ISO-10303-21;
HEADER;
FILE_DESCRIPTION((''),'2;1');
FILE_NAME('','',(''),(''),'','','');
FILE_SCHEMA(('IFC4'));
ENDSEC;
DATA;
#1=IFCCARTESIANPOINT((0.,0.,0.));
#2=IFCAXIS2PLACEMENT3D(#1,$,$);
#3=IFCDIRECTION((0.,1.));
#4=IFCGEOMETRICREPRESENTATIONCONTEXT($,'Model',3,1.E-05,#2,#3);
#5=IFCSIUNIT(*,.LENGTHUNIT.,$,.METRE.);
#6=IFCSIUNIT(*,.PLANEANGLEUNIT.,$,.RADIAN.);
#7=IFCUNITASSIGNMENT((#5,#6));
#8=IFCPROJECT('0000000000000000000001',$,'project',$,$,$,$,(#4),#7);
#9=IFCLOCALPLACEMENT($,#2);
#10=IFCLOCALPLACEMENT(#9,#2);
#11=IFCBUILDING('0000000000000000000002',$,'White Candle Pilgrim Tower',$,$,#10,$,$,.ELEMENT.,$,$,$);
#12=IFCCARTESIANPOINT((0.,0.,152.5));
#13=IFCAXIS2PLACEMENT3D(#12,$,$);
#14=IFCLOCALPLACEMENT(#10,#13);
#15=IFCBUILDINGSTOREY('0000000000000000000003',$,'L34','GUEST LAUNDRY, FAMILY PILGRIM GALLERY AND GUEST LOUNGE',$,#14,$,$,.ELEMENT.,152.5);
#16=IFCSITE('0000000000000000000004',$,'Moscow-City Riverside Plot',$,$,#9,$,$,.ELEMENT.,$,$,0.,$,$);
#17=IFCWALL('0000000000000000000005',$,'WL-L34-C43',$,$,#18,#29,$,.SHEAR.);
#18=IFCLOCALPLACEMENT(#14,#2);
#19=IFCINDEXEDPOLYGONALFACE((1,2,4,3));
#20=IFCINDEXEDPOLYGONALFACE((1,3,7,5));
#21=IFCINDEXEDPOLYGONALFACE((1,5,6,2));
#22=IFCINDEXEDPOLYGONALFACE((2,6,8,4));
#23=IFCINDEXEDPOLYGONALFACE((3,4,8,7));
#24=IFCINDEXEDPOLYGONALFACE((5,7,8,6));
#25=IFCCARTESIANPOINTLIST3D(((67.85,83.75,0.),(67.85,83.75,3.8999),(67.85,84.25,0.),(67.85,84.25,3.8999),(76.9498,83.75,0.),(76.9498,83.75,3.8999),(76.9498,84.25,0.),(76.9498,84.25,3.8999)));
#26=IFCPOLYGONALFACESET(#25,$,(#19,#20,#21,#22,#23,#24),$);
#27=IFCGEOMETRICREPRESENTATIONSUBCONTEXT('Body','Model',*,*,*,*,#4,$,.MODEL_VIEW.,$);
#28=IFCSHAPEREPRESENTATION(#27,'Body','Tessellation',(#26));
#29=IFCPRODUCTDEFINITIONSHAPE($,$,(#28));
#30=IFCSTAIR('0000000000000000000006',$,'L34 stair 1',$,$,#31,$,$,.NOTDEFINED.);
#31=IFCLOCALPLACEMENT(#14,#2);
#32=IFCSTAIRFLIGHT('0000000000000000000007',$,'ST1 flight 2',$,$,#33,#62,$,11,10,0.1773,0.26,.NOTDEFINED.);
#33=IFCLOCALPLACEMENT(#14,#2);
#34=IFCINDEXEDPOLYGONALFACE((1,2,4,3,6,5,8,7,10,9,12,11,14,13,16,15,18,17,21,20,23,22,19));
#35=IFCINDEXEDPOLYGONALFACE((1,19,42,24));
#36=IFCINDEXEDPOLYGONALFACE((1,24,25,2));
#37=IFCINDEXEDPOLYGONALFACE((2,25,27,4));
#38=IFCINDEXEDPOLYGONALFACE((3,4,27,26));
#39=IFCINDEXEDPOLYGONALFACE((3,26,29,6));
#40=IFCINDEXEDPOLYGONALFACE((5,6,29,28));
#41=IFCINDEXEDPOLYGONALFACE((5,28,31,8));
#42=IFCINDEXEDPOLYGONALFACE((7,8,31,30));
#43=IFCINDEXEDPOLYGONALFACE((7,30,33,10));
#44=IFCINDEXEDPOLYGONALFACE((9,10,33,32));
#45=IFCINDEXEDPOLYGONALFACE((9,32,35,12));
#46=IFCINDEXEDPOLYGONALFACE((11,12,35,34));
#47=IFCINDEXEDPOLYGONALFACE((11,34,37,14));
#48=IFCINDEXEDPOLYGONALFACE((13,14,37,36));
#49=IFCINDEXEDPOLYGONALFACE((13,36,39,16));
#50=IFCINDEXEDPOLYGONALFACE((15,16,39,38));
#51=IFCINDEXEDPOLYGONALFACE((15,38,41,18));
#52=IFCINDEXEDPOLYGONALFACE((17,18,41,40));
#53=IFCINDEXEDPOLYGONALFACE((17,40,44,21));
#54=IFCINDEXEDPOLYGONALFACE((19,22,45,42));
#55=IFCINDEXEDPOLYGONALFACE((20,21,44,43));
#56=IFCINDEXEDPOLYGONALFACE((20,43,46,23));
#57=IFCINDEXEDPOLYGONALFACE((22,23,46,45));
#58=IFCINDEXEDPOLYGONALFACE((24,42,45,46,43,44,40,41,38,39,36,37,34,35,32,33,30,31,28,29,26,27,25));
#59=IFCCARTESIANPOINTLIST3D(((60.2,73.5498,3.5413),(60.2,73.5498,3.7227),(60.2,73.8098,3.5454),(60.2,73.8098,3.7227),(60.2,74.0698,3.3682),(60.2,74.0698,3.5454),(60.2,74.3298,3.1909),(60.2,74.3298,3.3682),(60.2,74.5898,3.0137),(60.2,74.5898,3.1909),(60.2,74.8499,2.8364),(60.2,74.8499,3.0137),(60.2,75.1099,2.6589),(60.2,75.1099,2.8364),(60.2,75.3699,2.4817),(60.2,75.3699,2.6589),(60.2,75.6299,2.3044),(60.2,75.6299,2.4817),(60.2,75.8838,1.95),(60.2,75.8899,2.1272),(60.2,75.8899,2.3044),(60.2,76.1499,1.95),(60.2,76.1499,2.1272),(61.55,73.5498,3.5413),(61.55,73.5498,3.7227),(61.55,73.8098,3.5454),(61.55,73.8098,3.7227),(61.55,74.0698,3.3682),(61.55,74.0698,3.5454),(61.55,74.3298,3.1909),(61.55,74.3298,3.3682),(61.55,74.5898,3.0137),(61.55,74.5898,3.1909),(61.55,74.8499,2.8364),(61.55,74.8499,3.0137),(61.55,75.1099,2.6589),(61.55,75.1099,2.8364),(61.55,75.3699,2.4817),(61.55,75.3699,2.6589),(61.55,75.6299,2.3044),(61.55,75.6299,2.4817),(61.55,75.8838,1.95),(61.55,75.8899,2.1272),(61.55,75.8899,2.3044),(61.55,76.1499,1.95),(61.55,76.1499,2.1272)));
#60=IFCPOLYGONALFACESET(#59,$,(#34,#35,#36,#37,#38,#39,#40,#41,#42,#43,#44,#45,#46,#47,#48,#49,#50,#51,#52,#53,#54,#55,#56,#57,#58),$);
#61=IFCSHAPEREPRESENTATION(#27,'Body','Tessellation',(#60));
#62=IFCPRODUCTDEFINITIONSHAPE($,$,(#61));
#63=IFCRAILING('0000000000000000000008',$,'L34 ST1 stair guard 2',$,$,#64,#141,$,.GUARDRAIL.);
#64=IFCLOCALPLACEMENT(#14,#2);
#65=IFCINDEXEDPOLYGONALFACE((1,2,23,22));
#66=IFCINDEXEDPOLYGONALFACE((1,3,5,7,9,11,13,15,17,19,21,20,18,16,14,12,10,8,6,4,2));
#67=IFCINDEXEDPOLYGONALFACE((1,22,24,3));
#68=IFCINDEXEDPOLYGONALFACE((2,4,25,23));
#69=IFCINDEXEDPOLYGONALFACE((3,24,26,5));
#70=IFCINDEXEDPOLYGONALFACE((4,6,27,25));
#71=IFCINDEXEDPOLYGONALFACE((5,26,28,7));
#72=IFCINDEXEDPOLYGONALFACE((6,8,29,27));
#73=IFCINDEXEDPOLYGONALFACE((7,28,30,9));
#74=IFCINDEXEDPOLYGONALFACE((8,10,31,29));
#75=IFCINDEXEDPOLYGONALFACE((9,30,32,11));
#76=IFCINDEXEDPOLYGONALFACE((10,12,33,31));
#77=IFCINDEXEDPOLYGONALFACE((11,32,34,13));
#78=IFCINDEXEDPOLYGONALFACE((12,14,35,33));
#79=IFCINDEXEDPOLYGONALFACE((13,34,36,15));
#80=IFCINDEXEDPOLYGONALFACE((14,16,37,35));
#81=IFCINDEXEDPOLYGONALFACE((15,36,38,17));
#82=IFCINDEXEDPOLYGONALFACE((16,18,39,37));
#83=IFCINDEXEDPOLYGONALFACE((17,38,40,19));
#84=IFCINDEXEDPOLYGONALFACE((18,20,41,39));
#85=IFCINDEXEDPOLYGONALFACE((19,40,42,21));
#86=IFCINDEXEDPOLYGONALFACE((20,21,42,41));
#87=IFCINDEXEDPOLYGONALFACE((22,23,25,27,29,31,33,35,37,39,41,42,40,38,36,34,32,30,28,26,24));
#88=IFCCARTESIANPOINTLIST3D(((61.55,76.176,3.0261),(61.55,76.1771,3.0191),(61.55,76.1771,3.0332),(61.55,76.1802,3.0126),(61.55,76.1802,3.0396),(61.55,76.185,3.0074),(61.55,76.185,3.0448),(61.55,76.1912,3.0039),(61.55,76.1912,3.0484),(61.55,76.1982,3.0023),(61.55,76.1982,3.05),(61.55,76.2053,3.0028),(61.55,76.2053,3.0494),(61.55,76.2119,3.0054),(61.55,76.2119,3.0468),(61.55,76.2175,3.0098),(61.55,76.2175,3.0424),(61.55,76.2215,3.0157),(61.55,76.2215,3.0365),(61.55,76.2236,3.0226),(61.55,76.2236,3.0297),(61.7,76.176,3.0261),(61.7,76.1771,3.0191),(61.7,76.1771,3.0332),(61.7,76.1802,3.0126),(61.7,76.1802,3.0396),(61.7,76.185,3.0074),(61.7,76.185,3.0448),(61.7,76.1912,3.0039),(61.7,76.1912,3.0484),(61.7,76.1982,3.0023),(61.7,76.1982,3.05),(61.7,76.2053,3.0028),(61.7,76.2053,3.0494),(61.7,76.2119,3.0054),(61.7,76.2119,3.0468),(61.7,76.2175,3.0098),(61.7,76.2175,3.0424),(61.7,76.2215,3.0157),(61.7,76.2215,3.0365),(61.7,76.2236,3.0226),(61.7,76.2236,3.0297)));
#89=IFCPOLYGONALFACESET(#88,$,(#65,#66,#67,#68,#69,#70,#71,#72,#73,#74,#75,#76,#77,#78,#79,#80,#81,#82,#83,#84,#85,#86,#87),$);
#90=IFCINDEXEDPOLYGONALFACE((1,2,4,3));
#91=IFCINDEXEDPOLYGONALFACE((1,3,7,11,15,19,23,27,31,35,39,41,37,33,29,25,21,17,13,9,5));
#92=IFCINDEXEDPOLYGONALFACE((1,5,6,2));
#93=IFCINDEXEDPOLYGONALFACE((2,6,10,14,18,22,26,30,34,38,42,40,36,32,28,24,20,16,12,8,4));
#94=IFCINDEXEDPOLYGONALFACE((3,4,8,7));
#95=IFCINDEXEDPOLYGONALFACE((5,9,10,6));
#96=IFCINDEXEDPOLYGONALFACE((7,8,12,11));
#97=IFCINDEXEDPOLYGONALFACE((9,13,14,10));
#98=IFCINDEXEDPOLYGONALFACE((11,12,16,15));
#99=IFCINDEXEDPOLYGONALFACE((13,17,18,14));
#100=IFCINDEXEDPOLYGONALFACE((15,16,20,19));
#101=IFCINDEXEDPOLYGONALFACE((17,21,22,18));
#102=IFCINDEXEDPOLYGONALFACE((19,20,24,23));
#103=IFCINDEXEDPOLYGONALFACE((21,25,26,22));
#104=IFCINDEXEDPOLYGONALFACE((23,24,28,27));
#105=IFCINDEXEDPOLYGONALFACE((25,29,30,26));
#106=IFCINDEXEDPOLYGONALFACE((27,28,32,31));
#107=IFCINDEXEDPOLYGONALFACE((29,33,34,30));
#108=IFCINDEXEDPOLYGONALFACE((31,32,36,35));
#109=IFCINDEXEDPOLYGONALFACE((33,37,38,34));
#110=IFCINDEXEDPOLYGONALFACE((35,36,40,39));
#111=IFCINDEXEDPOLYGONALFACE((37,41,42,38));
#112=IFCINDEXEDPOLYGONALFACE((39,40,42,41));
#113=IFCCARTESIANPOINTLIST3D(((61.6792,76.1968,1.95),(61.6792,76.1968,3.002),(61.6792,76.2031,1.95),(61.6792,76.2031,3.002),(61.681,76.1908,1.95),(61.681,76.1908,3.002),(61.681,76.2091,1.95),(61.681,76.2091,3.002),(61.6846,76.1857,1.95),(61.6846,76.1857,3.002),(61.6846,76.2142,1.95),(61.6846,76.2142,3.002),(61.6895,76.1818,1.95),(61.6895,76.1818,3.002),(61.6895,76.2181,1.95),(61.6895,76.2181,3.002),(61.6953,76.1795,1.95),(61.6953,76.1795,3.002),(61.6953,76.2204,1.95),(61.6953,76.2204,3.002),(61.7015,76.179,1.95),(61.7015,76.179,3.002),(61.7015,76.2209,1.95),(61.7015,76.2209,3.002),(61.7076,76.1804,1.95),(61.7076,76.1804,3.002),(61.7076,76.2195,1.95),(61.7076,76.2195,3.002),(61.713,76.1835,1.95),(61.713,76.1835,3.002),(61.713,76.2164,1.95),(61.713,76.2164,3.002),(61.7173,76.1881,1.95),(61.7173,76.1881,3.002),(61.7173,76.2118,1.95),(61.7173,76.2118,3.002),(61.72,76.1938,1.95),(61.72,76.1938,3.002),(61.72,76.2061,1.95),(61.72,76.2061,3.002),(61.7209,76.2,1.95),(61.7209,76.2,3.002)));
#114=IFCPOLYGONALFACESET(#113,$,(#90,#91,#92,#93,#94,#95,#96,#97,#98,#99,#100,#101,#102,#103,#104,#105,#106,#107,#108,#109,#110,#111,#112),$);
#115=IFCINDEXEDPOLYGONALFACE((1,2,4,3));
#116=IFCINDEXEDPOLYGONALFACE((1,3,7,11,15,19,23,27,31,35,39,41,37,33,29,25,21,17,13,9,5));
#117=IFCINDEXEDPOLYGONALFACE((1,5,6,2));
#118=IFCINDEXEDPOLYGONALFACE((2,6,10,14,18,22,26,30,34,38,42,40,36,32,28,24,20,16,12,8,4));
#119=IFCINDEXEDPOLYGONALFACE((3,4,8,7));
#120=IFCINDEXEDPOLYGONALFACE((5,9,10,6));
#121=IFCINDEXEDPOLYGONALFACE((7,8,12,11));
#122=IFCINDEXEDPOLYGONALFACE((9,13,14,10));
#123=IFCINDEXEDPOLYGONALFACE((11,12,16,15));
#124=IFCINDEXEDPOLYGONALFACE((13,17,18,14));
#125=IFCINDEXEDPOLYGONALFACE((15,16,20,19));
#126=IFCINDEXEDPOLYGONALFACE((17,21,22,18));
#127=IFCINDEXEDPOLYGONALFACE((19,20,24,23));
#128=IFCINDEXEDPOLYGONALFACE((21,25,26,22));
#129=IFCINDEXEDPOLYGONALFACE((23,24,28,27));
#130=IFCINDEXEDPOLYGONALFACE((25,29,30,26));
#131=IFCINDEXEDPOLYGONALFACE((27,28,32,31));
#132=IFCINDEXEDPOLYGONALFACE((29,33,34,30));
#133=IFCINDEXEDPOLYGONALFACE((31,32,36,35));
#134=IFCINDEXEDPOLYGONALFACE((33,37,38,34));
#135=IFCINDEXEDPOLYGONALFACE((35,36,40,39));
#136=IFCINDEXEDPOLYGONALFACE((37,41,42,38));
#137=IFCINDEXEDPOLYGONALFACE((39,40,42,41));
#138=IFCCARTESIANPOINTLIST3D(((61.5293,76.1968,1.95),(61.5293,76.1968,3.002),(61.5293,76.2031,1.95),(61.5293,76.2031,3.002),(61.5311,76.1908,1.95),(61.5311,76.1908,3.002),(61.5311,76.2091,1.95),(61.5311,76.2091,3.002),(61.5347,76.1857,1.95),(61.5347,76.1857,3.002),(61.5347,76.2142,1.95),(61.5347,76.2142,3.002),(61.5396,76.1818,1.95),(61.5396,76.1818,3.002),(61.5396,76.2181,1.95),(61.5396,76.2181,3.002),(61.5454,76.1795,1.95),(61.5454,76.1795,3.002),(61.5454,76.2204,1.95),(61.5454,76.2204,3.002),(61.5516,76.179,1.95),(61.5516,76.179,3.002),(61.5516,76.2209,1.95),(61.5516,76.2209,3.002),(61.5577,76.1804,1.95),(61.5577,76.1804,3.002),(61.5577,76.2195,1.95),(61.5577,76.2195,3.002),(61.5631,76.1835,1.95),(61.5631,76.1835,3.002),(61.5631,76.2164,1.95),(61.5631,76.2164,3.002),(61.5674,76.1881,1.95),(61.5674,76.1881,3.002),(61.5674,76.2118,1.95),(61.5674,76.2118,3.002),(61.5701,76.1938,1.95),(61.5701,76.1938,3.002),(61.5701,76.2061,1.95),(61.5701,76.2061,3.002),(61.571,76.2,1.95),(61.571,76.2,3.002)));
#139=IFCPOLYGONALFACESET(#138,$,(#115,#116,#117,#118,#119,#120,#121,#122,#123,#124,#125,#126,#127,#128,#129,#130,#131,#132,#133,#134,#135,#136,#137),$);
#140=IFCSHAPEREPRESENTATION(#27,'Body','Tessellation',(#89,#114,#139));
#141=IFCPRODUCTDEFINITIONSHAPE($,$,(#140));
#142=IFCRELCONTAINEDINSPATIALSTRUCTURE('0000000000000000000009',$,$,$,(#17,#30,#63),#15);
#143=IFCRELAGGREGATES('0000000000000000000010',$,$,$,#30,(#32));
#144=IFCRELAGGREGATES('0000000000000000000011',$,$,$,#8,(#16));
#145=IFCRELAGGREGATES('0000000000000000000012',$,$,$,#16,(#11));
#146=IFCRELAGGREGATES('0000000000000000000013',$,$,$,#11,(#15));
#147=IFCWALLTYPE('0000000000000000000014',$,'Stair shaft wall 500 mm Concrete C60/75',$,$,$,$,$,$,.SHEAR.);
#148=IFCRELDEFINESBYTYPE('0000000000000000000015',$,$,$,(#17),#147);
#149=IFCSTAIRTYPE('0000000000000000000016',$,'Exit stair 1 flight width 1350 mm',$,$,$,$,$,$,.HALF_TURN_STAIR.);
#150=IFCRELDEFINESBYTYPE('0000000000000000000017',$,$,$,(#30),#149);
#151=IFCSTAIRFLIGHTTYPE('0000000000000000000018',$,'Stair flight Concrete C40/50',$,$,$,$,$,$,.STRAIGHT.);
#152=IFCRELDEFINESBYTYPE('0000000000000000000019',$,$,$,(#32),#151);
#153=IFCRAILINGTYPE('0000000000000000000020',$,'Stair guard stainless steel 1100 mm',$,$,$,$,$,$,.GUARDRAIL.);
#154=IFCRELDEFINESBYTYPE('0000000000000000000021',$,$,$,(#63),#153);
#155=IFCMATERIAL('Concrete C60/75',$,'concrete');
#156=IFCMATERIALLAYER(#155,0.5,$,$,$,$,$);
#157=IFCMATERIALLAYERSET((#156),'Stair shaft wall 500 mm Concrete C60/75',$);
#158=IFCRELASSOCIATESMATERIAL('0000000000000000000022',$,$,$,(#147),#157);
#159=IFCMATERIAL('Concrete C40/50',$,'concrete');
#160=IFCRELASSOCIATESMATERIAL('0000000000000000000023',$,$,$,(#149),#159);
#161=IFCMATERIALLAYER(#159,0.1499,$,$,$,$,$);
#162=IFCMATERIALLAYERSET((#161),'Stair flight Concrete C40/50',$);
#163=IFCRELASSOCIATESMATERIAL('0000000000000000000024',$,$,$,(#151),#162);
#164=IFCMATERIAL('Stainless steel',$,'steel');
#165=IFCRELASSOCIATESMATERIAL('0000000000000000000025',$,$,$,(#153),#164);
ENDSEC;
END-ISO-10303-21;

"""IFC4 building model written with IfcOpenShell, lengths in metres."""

from ifc_helpers import new_model, si_unit, direction, frame, frame_2d, origin, origin_2d, place, context, subcontext, project, spatial, polyline, rectangle, circle, outline, extrude, material, layer, layer_set, type_object, element, aggregate, save


model = new_model("IFC4")

# Units and contexts
model_context = context("Model", 3, precision=1e-05, world=origin(), true_north=direction((0.0, 1.0)))
body_context = subcontext(model_context, "Body", "Model", "MODEL_VIEW")
ifc_project = project(units=[si_unit("LENGTHUNIT", "METRE"), si_unit("PLANEANGLEUNIT", "RADIAN")], contexts=[model_context])

# Site, building, storey
site_placement = place(None, origin())
site = spatial("IfcSite", under=ifc_project, at=site_placement, Name="Moscow-City Riverside Plot", CompositionType="ELEMENT", RefElevation=0.0)
building_placement = place(site_placement, origin())
building = spatial("IfcBuilding", under=site, at=building_placement, Name="White Candle Pilgrim Tower", CompositionType="ELEMENT")
storey_placement = place(building_placement, frame((0.0, 0.0, 152.5)))
storey = spatial("IfcBuildingStorey", under=building, at=storey_placement, Name="L34", Description="GUEST LAUNDRY, FAMILY PILGRIM GALLERY AND GUEST LOUNGE", CompositionType="ELEMENT", Elevation=152.5)

# Shared definitions
ifc_material_1 = material(Name="Concrete C60/75", Category="concrete")

# Shared definitions
ifc_material_2 = material(Name="Stainless steel", Category="steel")

# Wall
ifc_layer_1 = layer(ifc_material_1, 0.5)
ifc_layer_set_1 = layer_set([ifc_layer_1], Name="Stair shaft wall 500 mm Concrete C60/75")
wall_type_1 = type_object("IfcWallType", Name="Stair shaft wall 500 mm Concrete C60/75", PredefinedType="SHEAR", material=ifc_layer_set_1)
wall_1_placement = place(storey_placement, frame((67.8501, 84.0, 0.0), z_axis=(0.0, 0.0, 1.0), x_axis=(1.0, 0.0, 0.0)))
element("IfcWall", 1, at=wall_1_placement, inside=storey, type_object=wall_type_1, Name="WL-L34-C43", PredefinedType="SHEAR", context=body_context, shape_type="SweptSolid", body=[
    extrude(rectangle(XDim=9.0999, YDim=0.5, at=frame_2d((4.5498, 0.0))), origin(), (0.0, 0.0, 1.0), 3.8999),
])

# Stair, stair flight
ifc_material_3 = material(Name="Concrete C40/50", Category="concrete")
stair_type = type_object("IfcStairType", Name="Exit stair 1 flight width 1350 mm", PredefinedType="HALF_TURN_STAIR", material=ifc_material_3)
stair_placement = place(storey_placement, origin())
stair = element("IfcStair", 2, at=stair_placement, inside=storey, type_object=stair_type, Name="L34 stair 1", PredefinedType="NOTDEFINED")
ifc_layer_2 = layer(ifc_material_3, 0.1499)
ifc_layer_set_2 = layer_set([ifc_layer_2], Name="Stair flight Concrete C40/50")
stair_flight_type = type_object("IfcStairFlightType", Name="Stair flight Concrete C40/50", PredefinedType="STRAIGHT", material=ifc_layer_set_2)
stair_flight_placement = place(storey_placement, frame((60.875, 76.1499, 1.95), z_axis=(0.0, 0.0, 1.0), x_axis=(0.0, -1.0, 0.0)))
stair_flight = element("IfcStairFlight", 3, at=stair_flight_placement, type_object=stair_flight_type, Name="ST1 flight 2", NumberOfRisers=11, NumberOfTreads=10, PredefinedType="NOTDEFINED", RiserHeight=0.1773, TreadLength=0.26, context=body_context, shape_type="SweptSolid", body=[
    extrude(outline(polyline([(0.0, 0.0), (0.0, 0.1772), (0.26, 0.1772), (0.26, 0.3545), (0.52, 0.3545), (0.52, 0.5317), (0.78, 0.5317), (0.78, 0.709), (1.04, 0.709), (1.04, 0.8865), (1.3, 0.8865), (1.3, 1.0637), (1.5601, 1.0637), (1.5601, 1.241), (1.8201, 1.241), (1.8201, 1.4182), (2.0801, 1.4182), (2.0801, 1.5955), (2.3401, 1.5955), (2.3401, 1.7727), (2.6001, 1.7727), (2.6001, 1.95), (2.6001, 1.5913), (0.2661, 0.0), (0.0, 0.0)])), frame((0.0, 0.675, 0.0), z_axis=(0.0, -1.0, 0.0), x_axis=(1.0, 0.0, 0.0)), (0.0, 0.0, 1.0), 1.3501),
])
aggregate(stair, [stair_flight])

# Railing
railing_type_1 = type_object("IfcRailingType", Name="Stair guard stainless steel 1100 mm", PredefinedType="GUARDRAIL", material=ifc_material_2)
railing_1_placement = place(storey_placement, frame((61.7, 76.2, 1.95)))
element("IfcRailing", 4, at=railing_1_placement, inside=storey, type_object=railing_type_1, Name="L34 ST1 stair guard 2", PredefinedType="GUARDRAIL", context=body_context, shape_type="SweptSolid", body=[
    extrude(circle(Radius=0.0239, at=origin_2d()), frame((0.0, 0.0, 1.0762), z_axis=(-1.0, 0.0, 0.0), x_axis=(0.0, -1.0, 0.0)), (0.0, 0.0, 1.0), 0.1499),
    extrude(circle(Radius=0.021, at=origin_2d()), origin(), (0.0, 0.0, 1.0), 1.052),
    extrude(circle(Radius=0.021, at=origin_2d()), frame((-0.1499, 0.0, 0.0)), (0.0, 0.0, 1.0), 1.052),
])

save(model, "model.ifc")
